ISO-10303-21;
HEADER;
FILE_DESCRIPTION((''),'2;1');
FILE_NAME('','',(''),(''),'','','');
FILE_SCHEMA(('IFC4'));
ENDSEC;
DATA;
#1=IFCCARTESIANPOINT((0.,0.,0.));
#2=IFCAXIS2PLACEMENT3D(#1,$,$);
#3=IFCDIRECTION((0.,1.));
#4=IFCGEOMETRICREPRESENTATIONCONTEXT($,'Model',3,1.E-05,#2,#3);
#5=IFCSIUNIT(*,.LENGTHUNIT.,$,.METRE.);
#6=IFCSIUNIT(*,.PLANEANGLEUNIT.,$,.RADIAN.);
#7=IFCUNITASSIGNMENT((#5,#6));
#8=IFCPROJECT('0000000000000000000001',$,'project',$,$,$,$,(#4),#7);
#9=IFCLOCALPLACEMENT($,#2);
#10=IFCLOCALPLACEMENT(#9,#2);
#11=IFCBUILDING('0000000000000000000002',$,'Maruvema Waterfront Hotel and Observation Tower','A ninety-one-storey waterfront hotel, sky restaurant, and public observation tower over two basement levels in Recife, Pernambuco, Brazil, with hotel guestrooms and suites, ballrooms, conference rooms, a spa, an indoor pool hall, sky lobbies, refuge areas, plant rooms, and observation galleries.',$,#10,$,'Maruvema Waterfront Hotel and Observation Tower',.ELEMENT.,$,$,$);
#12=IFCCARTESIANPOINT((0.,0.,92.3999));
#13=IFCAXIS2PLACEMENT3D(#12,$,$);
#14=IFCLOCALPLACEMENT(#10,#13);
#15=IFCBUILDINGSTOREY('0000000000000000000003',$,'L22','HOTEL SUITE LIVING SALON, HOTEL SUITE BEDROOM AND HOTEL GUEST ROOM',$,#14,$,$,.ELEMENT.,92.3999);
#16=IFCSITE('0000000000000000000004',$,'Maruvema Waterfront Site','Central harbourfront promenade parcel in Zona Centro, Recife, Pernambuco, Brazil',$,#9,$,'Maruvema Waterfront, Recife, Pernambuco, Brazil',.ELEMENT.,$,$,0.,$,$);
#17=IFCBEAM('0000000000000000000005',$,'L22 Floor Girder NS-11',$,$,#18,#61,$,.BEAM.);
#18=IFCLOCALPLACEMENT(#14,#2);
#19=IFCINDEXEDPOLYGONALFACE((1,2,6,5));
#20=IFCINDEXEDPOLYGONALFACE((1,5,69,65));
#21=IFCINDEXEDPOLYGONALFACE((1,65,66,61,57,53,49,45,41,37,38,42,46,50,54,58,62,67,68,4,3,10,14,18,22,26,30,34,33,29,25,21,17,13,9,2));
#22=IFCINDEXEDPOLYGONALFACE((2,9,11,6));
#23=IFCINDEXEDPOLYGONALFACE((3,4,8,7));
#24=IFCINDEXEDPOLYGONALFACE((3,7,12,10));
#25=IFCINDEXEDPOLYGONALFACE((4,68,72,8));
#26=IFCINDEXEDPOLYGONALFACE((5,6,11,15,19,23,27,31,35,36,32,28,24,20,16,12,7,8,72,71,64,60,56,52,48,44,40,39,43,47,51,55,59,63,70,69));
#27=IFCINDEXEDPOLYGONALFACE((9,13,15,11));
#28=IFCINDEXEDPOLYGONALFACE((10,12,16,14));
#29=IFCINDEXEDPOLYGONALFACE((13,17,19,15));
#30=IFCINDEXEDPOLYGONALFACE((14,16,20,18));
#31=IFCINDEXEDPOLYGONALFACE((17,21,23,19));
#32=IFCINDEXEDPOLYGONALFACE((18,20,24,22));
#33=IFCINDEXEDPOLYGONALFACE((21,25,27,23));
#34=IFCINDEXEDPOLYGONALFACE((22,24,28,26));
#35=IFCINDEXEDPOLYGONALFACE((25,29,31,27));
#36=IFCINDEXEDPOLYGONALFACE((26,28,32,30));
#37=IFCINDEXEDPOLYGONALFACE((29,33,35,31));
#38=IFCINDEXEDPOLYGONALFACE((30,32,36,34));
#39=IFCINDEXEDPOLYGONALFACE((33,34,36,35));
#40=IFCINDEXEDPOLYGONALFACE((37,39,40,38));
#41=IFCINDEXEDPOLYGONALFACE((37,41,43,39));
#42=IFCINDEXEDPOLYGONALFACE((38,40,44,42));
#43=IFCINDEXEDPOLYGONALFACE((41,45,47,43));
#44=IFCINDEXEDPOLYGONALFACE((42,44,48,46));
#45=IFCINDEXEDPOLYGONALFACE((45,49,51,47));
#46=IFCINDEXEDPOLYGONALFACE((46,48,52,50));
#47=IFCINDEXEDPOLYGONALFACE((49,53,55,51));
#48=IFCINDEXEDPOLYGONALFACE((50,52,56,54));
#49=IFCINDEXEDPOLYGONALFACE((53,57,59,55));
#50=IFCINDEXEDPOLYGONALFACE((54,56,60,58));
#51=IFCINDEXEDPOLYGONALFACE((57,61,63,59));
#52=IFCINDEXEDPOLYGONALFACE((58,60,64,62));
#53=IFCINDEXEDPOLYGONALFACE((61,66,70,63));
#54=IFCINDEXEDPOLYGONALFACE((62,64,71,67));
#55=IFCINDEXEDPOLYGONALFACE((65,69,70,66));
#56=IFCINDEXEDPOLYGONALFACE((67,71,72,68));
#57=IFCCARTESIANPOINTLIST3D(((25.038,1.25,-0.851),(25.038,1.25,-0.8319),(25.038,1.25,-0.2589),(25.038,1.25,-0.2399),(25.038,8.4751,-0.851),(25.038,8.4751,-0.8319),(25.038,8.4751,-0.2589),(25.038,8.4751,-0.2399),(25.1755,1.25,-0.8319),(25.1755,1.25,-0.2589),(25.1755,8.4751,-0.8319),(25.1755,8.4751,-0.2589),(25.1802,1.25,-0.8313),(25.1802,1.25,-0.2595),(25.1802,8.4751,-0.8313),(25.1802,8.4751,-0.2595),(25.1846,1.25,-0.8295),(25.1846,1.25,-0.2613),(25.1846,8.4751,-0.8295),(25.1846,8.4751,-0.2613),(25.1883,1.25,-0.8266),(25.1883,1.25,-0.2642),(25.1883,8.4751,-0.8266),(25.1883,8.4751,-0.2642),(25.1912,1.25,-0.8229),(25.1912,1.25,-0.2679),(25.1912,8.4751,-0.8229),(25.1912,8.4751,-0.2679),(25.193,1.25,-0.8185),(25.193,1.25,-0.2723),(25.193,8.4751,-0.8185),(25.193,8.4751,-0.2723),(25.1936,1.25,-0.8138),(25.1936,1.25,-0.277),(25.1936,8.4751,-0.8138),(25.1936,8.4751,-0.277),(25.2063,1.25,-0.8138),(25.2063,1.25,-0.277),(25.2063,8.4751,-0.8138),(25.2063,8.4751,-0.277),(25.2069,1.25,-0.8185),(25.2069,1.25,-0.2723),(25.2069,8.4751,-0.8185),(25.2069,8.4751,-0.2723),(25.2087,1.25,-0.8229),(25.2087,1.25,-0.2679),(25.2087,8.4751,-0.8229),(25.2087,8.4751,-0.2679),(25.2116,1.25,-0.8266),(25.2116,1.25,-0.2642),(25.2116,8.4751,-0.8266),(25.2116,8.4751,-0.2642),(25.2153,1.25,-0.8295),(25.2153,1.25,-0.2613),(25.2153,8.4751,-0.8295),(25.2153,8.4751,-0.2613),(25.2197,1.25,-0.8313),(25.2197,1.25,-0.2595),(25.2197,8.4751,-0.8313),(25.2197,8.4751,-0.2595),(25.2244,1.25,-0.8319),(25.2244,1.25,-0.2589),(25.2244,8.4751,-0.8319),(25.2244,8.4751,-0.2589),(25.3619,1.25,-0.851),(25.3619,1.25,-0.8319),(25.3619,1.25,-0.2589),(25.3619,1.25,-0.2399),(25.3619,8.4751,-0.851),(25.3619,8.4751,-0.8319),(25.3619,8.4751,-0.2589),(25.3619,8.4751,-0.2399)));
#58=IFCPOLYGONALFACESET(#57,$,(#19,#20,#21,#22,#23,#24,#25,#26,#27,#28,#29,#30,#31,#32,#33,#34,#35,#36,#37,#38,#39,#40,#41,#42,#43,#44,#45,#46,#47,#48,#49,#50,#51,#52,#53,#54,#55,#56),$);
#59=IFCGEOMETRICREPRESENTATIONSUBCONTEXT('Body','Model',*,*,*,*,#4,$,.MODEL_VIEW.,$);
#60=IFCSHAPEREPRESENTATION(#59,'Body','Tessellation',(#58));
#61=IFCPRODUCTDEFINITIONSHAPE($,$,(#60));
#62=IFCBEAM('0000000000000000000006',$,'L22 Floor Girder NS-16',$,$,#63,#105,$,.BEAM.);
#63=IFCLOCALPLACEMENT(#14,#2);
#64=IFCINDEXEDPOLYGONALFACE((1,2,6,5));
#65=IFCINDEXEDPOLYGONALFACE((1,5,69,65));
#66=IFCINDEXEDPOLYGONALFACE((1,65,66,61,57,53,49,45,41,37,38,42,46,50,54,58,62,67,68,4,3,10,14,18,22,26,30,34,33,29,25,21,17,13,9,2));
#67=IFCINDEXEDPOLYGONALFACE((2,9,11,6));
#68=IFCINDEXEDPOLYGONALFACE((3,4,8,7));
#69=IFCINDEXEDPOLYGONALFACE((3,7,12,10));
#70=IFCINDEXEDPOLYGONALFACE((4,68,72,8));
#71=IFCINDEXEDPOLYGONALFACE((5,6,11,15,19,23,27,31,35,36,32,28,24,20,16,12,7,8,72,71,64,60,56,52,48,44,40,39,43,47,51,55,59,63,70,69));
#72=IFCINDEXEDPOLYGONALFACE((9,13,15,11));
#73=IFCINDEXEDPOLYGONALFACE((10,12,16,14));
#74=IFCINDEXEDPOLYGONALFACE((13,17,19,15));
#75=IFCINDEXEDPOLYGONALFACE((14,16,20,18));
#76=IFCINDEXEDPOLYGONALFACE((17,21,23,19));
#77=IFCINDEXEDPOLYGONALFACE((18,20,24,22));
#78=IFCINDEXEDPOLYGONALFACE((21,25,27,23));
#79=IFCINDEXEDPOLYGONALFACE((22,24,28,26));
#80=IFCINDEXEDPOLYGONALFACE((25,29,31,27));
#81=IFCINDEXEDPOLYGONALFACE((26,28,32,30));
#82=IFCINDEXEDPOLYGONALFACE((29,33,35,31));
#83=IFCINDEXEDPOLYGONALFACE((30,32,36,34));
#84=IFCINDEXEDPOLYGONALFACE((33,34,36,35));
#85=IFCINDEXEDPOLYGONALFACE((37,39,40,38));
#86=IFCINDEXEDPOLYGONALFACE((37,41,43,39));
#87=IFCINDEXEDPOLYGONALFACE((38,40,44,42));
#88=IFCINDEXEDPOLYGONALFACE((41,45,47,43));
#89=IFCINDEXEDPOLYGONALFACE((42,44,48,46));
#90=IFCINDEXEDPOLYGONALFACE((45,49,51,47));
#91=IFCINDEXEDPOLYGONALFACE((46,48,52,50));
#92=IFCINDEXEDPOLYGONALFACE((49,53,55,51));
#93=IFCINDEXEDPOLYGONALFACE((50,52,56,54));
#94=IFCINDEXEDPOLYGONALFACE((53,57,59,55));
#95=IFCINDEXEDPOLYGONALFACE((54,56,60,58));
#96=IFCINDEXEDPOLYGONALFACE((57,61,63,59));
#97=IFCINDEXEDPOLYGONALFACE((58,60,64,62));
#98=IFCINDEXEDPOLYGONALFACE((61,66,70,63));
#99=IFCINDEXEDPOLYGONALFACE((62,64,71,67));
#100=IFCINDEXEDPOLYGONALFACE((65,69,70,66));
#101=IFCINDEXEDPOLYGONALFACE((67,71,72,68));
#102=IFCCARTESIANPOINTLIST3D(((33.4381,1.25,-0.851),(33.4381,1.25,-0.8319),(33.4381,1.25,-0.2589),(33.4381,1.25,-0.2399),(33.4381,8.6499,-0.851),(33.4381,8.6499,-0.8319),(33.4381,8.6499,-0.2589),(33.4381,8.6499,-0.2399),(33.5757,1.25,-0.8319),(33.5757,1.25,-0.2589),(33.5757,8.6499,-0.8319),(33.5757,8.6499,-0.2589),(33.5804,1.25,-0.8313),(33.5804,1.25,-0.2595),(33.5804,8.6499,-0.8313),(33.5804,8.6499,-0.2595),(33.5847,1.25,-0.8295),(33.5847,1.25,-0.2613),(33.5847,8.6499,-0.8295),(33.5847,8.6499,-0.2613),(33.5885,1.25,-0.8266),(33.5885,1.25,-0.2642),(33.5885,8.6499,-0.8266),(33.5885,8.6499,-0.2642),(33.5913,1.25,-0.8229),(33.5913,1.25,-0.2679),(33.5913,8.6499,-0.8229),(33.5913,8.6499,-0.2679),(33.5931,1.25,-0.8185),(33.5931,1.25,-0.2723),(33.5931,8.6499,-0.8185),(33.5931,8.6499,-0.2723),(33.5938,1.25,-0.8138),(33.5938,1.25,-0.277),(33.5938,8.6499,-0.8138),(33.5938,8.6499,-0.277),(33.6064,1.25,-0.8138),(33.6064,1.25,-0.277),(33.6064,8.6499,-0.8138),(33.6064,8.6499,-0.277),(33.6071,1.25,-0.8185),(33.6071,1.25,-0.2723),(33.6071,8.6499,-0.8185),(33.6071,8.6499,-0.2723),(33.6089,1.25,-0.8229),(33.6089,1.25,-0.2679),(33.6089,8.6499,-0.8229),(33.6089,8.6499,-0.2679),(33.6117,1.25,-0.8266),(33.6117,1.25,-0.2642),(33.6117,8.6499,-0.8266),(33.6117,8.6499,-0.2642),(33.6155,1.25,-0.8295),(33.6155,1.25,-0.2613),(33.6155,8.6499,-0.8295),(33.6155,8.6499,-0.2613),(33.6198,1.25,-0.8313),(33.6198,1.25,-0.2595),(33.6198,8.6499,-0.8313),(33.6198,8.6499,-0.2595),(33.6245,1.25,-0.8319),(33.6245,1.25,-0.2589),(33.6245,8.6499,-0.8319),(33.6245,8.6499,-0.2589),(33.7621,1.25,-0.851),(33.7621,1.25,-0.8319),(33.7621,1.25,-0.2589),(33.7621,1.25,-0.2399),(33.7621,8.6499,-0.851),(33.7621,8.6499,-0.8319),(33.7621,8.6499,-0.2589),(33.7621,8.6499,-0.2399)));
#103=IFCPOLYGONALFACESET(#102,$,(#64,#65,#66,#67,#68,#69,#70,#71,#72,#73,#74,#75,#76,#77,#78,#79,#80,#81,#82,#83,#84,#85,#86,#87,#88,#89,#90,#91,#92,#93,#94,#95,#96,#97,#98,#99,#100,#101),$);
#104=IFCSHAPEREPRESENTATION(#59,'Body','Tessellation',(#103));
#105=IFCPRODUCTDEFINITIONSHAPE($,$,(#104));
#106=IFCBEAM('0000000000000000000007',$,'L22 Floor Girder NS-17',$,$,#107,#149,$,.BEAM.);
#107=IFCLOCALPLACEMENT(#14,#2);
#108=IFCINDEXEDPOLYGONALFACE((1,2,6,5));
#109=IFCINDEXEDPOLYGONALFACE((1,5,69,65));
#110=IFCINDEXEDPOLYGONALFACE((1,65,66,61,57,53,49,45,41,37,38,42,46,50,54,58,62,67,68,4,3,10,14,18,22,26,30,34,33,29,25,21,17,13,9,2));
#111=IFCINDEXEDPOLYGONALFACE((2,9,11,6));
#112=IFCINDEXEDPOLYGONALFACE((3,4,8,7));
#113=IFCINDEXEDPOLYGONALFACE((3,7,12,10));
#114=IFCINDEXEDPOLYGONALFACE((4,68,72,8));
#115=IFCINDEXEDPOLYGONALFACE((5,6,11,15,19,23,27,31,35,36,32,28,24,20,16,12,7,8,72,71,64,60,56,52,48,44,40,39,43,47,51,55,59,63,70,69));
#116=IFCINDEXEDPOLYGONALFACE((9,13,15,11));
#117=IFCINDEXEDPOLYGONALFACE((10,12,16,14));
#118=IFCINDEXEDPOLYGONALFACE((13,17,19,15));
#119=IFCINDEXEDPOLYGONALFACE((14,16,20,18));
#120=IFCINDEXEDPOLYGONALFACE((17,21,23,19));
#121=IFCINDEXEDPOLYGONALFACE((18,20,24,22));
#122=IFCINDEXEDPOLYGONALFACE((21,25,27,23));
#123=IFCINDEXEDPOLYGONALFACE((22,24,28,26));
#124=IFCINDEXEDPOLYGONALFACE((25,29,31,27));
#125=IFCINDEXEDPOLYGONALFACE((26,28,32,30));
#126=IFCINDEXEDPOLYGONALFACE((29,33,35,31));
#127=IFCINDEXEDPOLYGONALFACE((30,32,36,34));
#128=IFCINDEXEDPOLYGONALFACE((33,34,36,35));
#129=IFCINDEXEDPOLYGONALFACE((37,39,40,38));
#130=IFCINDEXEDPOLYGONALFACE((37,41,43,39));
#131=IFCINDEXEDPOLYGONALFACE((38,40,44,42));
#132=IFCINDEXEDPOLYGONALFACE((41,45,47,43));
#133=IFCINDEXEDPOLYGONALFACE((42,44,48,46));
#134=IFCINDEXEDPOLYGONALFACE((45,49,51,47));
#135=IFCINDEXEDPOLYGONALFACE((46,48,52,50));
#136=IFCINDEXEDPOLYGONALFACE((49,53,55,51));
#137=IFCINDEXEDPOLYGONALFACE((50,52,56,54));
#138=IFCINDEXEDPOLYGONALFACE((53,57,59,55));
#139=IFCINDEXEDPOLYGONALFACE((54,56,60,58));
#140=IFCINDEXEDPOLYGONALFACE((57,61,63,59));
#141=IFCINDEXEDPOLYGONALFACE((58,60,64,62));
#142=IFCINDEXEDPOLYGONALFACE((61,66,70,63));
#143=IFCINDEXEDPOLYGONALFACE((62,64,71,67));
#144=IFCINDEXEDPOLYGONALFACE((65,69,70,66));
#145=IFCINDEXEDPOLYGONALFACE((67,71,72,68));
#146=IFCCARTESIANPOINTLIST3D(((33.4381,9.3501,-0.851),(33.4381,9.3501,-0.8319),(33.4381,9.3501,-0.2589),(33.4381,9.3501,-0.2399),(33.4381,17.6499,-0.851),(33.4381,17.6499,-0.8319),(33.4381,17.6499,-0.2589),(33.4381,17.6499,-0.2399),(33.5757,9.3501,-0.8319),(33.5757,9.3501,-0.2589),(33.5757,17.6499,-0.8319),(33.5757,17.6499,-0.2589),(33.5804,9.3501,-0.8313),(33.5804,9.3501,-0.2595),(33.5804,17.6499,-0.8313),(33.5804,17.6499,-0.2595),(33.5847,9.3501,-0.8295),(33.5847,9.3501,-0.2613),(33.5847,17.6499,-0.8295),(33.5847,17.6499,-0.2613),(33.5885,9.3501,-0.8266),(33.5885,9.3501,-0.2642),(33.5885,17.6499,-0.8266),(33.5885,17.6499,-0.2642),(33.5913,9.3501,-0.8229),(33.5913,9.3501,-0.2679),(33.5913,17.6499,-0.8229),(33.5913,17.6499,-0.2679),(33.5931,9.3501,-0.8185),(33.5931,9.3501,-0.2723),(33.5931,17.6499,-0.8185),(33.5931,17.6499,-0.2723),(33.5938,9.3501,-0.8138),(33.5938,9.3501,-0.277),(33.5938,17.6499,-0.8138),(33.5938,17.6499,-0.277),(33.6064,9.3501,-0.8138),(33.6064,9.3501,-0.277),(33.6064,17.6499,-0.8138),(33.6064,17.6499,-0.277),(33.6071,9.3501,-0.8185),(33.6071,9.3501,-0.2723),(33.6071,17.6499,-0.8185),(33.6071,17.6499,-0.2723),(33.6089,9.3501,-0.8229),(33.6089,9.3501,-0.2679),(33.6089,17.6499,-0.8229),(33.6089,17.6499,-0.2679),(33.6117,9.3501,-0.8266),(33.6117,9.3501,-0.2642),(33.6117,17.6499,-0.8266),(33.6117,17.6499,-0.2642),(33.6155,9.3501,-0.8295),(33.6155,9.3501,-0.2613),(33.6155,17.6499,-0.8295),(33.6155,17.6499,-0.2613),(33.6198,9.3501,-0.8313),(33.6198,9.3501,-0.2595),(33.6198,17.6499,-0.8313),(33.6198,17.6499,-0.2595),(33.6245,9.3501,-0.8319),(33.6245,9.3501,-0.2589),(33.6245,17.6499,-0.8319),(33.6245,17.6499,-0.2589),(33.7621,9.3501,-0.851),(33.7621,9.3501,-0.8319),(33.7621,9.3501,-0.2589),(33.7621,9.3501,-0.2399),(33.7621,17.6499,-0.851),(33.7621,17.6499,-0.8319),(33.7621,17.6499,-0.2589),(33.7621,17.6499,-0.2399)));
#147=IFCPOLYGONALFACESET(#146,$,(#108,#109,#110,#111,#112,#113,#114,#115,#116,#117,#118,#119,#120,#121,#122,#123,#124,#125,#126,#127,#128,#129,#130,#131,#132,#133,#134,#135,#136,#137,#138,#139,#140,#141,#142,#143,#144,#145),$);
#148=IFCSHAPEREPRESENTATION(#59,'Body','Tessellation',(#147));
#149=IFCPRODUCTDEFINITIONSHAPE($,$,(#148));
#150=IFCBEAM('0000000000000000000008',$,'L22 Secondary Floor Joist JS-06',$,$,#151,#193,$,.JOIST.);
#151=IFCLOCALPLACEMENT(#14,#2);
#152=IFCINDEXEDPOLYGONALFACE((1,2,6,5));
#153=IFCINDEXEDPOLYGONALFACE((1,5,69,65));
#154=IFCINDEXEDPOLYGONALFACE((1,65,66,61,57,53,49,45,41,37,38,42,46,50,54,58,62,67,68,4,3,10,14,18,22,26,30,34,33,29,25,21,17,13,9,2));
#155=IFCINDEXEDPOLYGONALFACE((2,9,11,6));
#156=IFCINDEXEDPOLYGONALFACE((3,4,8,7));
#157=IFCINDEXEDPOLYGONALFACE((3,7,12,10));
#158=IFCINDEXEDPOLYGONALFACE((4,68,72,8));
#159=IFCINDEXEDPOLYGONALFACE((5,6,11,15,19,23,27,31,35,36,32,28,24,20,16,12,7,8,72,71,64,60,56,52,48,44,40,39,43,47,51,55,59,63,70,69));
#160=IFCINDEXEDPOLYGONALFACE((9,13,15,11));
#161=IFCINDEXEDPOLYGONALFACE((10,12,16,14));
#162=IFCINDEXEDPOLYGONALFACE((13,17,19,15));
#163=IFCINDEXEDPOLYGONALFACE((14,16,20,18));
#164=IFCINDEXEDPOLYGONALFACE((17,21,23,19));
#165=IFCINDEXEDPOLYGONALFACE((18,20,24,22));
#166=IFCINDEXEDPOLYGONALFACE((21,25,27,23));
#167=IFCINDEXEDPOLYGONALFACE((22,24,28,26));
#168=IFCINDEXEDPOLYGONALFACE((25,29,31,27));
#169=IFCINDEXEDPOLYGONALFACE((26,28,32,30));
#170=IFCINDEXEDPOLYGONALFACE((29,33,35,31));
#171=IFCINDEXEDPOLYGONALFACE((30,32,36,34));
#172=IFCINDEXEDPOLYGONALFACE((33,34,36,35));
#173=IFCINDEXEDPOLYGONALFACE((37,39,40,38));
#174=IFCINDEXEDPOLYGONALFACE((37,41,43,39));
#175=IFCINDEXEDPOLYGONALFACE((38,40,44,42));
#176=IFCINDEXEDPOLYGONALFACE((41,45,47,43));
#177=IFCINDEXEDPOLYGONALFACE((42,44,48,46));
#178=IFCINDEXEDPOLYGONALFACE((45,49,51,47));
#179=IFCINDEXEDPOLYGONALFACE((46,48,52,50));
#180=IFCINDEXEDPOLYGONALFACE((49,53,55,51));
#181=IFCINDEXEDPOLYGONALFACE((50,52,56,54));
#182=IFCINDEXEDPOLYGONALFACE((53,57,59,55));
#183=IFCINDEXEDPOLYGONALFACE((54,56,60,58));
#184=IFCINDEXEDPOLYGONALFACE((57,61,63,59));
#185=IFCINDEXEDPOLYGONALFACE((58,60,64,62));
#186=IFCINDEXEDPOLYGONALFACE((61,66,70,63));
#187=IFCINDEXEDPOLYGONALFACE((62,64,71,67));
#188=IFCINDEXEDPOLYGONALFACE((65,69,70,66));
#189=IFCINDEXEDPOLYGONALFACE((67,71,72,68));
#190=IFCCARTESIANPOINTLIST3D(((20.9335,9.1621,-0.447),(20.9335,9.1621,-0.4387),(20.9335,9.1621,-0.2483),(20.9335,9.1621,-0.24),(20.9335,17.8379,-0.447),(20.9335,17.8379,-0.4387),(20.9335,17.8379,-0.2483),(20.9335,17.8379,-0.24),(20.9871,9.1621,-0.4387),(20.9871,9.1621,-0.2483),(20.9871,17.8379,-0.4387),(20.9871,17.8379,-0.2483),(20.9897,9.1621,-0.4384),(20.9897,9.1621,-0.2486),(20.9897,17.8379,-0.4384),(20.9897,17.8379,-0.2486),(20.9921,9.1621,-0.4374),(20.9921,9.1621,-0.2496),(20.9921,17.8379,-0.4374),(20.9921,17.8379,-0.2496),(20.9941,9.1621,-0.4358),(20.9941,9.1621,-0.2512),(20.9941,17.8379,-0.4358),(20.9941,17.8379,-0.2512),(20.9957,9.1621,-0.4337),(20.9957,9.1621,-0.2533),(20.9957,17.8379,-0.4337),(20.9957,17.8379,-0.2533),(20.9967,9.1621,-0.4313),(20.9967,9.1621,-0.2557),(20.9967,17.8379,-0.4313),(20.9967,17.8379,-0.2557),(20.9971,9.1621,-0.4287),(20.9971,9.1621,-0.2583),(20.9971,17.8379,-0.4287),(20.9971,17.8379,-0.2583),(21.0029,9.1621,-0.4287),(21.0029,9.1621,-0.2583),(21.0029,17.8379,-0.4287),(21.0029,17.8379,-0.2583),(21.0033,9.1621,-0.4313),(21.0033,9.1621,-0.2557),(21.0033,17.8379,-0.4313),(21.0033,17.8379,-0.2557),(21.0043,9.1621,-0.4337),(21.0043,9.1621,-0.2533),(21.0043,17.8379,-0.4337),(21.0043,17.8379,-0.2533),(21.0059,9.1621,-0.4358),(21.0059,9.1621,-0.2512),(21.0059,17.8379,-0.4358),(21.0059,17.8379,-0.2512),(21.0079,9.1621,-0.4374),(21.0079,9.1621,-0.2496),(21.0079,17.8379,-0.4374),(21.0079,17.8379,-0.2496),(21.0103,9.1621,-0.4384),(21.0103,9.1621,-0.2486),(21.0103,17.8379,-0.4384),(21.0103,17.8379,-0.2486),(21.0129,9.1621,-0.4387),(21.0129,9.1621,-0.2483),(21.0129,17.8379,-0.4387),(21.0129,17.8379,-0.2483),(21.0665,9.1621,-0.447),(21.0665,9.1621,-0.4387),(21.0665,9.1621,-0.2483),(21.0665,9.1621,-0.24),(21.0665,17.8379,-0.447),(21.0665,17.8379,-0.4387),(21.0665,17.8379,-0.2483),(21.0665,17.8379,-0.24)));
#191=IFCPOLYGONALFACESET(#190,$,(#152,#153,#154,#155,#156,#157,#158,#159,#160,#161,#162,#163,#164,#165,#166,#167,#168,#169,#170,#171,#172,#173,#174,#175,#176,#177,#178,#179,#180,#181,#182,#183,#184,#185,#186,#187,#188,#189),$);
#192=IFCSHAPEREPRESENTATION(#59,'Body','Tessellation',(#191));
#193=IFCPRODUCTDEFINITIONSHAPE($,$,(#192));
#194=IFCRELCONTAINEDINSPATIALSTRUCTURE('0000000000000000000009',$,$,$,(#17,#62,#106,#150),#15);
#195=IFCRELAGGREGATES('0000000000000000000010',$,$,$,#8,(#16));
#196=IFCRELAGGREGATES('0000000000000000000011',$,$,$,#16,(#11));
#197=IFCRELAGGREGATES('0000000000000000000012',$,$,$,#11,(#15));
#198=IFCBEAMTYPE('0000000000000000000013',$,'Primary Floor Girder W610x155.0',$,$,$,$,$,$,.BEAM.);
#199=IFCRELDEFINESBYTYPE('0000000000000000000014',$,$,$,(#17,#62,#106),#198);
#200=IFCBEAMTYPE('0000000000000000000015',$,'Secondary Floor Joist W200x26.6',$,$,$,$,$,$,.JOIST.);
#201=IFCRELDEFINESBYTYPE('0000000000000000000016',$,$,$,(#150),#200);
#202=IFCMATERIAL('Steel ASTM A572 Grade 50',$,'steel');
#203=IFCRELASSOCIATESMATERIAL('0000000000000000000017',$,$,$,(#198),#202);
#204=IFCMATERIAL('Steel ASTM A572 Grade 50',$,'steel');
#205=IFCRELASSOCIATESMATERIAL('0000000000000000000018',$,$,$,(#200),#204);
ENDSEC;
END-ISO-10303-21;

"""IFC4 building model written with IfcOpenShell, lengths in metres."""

from ifc_helpers import new_model, si_unit, direction, frame, origin, origin_2d, place, context, subcontext, project, spatial, i_section, extrude, material, material_profile, profile_set, type_object, element, save


model = new_model("IFC4")

# Units and contexts
model_context = context("Model", 3, precision=1e-05, world=origin(), true_north=direction((0.0, 1.0)))
body_context = subcontext(model_context, "Body", "Model", "MODEL_VIEW")
ifc_project = project(units=[si_unit("LENGTHUNIT", "METRE"), si_unit("PLANEANGLEUNIT", "RADIAN")], contexts=[model_context])

# Site, building, storey
site_placement = place(None, origin())
site = spatial("IfcSite", under=ifc_project, at=site_placement, Name="Maruvema Waterfront Site", Description="Central harbourfront promenade parcel in Zona Centro, Recife, Pernambuco, Brazil", LongName="Maruvema Waterfront, Recife, Pernambuco, Brazil", CompositionType="ELEMENT", RefElevation=0.0)
building_placement = place(site_placement, origin())
building = spatial("IfcBuilding", under=site, at=building_placement, Name="Maruvema Waterfront Hotel and Observation Tower", Description="A ninety-one-storey waterfront hotel, sky restaurant, and public observation tower over two basement levels in Recife, Pernambuco, Brazil, with hotel guestrooms and suites, ballrooms, conference rooms, a spa, an indoor pool hall, sky lobbies, refuge areas, plant rooms, and observation galleries.", LongName="Maruvema Waterfront Hotel and Observation Tower", CompositionType="ELEMENT")
storey_placement = place(building_placement, frame((0.0, 0.0, 92.3999)))
storey = spatial("IfcBuildingStorey", under=building, at=storey_placement, Name="L22", Description="HOTEL SUITE LIVING SALON, HOTEL SUITE BEDROOM AND HOTEL GUEST ROOM", CompositionType="ELEMENT", Elevation=92.3999)

# Beams
ifc_material_1 = material(Name="Steel ASTM A572 Grade 50", Category="steel")
ifc_material_profile_1 = material_profile(ifc_material_1, i_section(OverallWidth=0.324, OverallDepth=0.6111, WebThickness=0.0127, FlangeThickness=0.019, FilletRadius=0.0181, at=origin_2d()), Name="W610x155.0")
ifc_profile_set_1 = profile_set([ifc_material_profile_1], Name="Steel ASTM A572 Grade 50")
beam_type_1 = type_object("IfcBeamType", Name="Primary Floor Girder W610x155.0", PredefinedType="BEAM", material=ifc_profile_set_1)
beam_1_placement = place(storey_placement, frame((25.2, 1.25, -0.5454), z_axis=(0.0, 1.0, 0.0), x_axis=(-1.0, 0.0, 0.0)))
element("IfcBeam", 1, at=beam_1_placement, inside=storey, type_object=beam_type_1, Name="L22 Floor Girder NS-11", PredefinedType="BEAM", context=body_context, shape_type="SweptSolid", body=[
    extrude(i_section(OverallWidth=0.324, OverallDepth=0.6111, WebThickness=0.0127, FlangeThickness=0.019, FilletRadius=0.0181, at=origin_2d()), origin(), (0.0, 0.0, 1.0), 7.2251),
])
beam_2_placement = place(storey_placement, frame((33.6001, 1.25, -0.5454), z_axis=(0.0, 1.0, 0.0), x_axis=(-1.0, 0.0, 0.0)))
element("IfcBeam", 2, at=beam_2_placement, inside=storey, type_object=beam_type_1, Name="L22 Floor Girder NS-16", PredefinedType="BEAM", context=body_context, shape_type="SweptSolid", body=[
    extrude(i_section(OverallWidth=0.324, OverallDepth=0.6111, WebThickness=0.0127, FlangeThickness=0.019, FilletRadius=0.0181, at=origin_2d()), origin(), (0.0, 0.0, 1.0), 7.3999),
])
beam_3_placement = place(storey_placement, frame((33.6001, 9.3501, -0.5454), z_axis=(0.0, 1.0, 0.0), x_axis=(-1.0, 0.0, 0.0)))
element("IfcBeam", 3, at=beam_3_placement, inside=storey, type_object=beam_type_1, Name="L22 Floor Girder NS-17", PredefinedType="BEAM", context=body_context, shape_type="SweptSolid", body=[
    extrude(i_section(OverallWidth=0.324, OverallDepth=0.6111, WebThickness=0.0127, FlangeThickness=0.019, FilletRadius=0.0181, at=origin_2d()), origin(), (0.0, 0.0, 1.0), 8.2998),
])
ifc_material_2 = material(Name="Steel ASTM A572 Grade 50", Category="steel")
ifc_material_profile_2 = material_profile(ifc_material_2, i_section(OverallWidth=0.1331, OverallDepth=0.207, WebThickness=0.0059, FlangeThickness=0.0083, FilletRadius=0.01, at=origin_2d()), Name="W200x26.6")
ifc_profile_set_2 = profile_set([ifc_material_profile_2], Name="Steel ASTM A572 Grade 50")
beam_type_2 = type_object("IfcBeamType", Name="Secondary Floor Joist W200x26.6", PredefinedType="JOIST", material=ifc_profile_set_2)
beam_4_placement = place(storey_placement, frame((21.0, 9.1621, -0.3435), z_axis=(0.0, 1.0, 0.0), x_axis=(-1.0, 0.0, 0.0)))
element("IfcBeam", 4, at=beam_4_placement, inside=storey, type_object=beam_type_2, Name="L22 Secondary Floor Joist JS-06", PredefinedType="JOIST", context=body_context, shape_type="SweptSolid", body=[
    extrude(i_section(OverallWidth=0.1331, OverallDepth=0.207, WebThickness=0.0059, FlangeThickness=0.0083, FilletRadius=0.01, at=origin_2d()), origin(), (0.0, 0.0, 1.0), 8.6758),
])

save(model, "model.ifc")
